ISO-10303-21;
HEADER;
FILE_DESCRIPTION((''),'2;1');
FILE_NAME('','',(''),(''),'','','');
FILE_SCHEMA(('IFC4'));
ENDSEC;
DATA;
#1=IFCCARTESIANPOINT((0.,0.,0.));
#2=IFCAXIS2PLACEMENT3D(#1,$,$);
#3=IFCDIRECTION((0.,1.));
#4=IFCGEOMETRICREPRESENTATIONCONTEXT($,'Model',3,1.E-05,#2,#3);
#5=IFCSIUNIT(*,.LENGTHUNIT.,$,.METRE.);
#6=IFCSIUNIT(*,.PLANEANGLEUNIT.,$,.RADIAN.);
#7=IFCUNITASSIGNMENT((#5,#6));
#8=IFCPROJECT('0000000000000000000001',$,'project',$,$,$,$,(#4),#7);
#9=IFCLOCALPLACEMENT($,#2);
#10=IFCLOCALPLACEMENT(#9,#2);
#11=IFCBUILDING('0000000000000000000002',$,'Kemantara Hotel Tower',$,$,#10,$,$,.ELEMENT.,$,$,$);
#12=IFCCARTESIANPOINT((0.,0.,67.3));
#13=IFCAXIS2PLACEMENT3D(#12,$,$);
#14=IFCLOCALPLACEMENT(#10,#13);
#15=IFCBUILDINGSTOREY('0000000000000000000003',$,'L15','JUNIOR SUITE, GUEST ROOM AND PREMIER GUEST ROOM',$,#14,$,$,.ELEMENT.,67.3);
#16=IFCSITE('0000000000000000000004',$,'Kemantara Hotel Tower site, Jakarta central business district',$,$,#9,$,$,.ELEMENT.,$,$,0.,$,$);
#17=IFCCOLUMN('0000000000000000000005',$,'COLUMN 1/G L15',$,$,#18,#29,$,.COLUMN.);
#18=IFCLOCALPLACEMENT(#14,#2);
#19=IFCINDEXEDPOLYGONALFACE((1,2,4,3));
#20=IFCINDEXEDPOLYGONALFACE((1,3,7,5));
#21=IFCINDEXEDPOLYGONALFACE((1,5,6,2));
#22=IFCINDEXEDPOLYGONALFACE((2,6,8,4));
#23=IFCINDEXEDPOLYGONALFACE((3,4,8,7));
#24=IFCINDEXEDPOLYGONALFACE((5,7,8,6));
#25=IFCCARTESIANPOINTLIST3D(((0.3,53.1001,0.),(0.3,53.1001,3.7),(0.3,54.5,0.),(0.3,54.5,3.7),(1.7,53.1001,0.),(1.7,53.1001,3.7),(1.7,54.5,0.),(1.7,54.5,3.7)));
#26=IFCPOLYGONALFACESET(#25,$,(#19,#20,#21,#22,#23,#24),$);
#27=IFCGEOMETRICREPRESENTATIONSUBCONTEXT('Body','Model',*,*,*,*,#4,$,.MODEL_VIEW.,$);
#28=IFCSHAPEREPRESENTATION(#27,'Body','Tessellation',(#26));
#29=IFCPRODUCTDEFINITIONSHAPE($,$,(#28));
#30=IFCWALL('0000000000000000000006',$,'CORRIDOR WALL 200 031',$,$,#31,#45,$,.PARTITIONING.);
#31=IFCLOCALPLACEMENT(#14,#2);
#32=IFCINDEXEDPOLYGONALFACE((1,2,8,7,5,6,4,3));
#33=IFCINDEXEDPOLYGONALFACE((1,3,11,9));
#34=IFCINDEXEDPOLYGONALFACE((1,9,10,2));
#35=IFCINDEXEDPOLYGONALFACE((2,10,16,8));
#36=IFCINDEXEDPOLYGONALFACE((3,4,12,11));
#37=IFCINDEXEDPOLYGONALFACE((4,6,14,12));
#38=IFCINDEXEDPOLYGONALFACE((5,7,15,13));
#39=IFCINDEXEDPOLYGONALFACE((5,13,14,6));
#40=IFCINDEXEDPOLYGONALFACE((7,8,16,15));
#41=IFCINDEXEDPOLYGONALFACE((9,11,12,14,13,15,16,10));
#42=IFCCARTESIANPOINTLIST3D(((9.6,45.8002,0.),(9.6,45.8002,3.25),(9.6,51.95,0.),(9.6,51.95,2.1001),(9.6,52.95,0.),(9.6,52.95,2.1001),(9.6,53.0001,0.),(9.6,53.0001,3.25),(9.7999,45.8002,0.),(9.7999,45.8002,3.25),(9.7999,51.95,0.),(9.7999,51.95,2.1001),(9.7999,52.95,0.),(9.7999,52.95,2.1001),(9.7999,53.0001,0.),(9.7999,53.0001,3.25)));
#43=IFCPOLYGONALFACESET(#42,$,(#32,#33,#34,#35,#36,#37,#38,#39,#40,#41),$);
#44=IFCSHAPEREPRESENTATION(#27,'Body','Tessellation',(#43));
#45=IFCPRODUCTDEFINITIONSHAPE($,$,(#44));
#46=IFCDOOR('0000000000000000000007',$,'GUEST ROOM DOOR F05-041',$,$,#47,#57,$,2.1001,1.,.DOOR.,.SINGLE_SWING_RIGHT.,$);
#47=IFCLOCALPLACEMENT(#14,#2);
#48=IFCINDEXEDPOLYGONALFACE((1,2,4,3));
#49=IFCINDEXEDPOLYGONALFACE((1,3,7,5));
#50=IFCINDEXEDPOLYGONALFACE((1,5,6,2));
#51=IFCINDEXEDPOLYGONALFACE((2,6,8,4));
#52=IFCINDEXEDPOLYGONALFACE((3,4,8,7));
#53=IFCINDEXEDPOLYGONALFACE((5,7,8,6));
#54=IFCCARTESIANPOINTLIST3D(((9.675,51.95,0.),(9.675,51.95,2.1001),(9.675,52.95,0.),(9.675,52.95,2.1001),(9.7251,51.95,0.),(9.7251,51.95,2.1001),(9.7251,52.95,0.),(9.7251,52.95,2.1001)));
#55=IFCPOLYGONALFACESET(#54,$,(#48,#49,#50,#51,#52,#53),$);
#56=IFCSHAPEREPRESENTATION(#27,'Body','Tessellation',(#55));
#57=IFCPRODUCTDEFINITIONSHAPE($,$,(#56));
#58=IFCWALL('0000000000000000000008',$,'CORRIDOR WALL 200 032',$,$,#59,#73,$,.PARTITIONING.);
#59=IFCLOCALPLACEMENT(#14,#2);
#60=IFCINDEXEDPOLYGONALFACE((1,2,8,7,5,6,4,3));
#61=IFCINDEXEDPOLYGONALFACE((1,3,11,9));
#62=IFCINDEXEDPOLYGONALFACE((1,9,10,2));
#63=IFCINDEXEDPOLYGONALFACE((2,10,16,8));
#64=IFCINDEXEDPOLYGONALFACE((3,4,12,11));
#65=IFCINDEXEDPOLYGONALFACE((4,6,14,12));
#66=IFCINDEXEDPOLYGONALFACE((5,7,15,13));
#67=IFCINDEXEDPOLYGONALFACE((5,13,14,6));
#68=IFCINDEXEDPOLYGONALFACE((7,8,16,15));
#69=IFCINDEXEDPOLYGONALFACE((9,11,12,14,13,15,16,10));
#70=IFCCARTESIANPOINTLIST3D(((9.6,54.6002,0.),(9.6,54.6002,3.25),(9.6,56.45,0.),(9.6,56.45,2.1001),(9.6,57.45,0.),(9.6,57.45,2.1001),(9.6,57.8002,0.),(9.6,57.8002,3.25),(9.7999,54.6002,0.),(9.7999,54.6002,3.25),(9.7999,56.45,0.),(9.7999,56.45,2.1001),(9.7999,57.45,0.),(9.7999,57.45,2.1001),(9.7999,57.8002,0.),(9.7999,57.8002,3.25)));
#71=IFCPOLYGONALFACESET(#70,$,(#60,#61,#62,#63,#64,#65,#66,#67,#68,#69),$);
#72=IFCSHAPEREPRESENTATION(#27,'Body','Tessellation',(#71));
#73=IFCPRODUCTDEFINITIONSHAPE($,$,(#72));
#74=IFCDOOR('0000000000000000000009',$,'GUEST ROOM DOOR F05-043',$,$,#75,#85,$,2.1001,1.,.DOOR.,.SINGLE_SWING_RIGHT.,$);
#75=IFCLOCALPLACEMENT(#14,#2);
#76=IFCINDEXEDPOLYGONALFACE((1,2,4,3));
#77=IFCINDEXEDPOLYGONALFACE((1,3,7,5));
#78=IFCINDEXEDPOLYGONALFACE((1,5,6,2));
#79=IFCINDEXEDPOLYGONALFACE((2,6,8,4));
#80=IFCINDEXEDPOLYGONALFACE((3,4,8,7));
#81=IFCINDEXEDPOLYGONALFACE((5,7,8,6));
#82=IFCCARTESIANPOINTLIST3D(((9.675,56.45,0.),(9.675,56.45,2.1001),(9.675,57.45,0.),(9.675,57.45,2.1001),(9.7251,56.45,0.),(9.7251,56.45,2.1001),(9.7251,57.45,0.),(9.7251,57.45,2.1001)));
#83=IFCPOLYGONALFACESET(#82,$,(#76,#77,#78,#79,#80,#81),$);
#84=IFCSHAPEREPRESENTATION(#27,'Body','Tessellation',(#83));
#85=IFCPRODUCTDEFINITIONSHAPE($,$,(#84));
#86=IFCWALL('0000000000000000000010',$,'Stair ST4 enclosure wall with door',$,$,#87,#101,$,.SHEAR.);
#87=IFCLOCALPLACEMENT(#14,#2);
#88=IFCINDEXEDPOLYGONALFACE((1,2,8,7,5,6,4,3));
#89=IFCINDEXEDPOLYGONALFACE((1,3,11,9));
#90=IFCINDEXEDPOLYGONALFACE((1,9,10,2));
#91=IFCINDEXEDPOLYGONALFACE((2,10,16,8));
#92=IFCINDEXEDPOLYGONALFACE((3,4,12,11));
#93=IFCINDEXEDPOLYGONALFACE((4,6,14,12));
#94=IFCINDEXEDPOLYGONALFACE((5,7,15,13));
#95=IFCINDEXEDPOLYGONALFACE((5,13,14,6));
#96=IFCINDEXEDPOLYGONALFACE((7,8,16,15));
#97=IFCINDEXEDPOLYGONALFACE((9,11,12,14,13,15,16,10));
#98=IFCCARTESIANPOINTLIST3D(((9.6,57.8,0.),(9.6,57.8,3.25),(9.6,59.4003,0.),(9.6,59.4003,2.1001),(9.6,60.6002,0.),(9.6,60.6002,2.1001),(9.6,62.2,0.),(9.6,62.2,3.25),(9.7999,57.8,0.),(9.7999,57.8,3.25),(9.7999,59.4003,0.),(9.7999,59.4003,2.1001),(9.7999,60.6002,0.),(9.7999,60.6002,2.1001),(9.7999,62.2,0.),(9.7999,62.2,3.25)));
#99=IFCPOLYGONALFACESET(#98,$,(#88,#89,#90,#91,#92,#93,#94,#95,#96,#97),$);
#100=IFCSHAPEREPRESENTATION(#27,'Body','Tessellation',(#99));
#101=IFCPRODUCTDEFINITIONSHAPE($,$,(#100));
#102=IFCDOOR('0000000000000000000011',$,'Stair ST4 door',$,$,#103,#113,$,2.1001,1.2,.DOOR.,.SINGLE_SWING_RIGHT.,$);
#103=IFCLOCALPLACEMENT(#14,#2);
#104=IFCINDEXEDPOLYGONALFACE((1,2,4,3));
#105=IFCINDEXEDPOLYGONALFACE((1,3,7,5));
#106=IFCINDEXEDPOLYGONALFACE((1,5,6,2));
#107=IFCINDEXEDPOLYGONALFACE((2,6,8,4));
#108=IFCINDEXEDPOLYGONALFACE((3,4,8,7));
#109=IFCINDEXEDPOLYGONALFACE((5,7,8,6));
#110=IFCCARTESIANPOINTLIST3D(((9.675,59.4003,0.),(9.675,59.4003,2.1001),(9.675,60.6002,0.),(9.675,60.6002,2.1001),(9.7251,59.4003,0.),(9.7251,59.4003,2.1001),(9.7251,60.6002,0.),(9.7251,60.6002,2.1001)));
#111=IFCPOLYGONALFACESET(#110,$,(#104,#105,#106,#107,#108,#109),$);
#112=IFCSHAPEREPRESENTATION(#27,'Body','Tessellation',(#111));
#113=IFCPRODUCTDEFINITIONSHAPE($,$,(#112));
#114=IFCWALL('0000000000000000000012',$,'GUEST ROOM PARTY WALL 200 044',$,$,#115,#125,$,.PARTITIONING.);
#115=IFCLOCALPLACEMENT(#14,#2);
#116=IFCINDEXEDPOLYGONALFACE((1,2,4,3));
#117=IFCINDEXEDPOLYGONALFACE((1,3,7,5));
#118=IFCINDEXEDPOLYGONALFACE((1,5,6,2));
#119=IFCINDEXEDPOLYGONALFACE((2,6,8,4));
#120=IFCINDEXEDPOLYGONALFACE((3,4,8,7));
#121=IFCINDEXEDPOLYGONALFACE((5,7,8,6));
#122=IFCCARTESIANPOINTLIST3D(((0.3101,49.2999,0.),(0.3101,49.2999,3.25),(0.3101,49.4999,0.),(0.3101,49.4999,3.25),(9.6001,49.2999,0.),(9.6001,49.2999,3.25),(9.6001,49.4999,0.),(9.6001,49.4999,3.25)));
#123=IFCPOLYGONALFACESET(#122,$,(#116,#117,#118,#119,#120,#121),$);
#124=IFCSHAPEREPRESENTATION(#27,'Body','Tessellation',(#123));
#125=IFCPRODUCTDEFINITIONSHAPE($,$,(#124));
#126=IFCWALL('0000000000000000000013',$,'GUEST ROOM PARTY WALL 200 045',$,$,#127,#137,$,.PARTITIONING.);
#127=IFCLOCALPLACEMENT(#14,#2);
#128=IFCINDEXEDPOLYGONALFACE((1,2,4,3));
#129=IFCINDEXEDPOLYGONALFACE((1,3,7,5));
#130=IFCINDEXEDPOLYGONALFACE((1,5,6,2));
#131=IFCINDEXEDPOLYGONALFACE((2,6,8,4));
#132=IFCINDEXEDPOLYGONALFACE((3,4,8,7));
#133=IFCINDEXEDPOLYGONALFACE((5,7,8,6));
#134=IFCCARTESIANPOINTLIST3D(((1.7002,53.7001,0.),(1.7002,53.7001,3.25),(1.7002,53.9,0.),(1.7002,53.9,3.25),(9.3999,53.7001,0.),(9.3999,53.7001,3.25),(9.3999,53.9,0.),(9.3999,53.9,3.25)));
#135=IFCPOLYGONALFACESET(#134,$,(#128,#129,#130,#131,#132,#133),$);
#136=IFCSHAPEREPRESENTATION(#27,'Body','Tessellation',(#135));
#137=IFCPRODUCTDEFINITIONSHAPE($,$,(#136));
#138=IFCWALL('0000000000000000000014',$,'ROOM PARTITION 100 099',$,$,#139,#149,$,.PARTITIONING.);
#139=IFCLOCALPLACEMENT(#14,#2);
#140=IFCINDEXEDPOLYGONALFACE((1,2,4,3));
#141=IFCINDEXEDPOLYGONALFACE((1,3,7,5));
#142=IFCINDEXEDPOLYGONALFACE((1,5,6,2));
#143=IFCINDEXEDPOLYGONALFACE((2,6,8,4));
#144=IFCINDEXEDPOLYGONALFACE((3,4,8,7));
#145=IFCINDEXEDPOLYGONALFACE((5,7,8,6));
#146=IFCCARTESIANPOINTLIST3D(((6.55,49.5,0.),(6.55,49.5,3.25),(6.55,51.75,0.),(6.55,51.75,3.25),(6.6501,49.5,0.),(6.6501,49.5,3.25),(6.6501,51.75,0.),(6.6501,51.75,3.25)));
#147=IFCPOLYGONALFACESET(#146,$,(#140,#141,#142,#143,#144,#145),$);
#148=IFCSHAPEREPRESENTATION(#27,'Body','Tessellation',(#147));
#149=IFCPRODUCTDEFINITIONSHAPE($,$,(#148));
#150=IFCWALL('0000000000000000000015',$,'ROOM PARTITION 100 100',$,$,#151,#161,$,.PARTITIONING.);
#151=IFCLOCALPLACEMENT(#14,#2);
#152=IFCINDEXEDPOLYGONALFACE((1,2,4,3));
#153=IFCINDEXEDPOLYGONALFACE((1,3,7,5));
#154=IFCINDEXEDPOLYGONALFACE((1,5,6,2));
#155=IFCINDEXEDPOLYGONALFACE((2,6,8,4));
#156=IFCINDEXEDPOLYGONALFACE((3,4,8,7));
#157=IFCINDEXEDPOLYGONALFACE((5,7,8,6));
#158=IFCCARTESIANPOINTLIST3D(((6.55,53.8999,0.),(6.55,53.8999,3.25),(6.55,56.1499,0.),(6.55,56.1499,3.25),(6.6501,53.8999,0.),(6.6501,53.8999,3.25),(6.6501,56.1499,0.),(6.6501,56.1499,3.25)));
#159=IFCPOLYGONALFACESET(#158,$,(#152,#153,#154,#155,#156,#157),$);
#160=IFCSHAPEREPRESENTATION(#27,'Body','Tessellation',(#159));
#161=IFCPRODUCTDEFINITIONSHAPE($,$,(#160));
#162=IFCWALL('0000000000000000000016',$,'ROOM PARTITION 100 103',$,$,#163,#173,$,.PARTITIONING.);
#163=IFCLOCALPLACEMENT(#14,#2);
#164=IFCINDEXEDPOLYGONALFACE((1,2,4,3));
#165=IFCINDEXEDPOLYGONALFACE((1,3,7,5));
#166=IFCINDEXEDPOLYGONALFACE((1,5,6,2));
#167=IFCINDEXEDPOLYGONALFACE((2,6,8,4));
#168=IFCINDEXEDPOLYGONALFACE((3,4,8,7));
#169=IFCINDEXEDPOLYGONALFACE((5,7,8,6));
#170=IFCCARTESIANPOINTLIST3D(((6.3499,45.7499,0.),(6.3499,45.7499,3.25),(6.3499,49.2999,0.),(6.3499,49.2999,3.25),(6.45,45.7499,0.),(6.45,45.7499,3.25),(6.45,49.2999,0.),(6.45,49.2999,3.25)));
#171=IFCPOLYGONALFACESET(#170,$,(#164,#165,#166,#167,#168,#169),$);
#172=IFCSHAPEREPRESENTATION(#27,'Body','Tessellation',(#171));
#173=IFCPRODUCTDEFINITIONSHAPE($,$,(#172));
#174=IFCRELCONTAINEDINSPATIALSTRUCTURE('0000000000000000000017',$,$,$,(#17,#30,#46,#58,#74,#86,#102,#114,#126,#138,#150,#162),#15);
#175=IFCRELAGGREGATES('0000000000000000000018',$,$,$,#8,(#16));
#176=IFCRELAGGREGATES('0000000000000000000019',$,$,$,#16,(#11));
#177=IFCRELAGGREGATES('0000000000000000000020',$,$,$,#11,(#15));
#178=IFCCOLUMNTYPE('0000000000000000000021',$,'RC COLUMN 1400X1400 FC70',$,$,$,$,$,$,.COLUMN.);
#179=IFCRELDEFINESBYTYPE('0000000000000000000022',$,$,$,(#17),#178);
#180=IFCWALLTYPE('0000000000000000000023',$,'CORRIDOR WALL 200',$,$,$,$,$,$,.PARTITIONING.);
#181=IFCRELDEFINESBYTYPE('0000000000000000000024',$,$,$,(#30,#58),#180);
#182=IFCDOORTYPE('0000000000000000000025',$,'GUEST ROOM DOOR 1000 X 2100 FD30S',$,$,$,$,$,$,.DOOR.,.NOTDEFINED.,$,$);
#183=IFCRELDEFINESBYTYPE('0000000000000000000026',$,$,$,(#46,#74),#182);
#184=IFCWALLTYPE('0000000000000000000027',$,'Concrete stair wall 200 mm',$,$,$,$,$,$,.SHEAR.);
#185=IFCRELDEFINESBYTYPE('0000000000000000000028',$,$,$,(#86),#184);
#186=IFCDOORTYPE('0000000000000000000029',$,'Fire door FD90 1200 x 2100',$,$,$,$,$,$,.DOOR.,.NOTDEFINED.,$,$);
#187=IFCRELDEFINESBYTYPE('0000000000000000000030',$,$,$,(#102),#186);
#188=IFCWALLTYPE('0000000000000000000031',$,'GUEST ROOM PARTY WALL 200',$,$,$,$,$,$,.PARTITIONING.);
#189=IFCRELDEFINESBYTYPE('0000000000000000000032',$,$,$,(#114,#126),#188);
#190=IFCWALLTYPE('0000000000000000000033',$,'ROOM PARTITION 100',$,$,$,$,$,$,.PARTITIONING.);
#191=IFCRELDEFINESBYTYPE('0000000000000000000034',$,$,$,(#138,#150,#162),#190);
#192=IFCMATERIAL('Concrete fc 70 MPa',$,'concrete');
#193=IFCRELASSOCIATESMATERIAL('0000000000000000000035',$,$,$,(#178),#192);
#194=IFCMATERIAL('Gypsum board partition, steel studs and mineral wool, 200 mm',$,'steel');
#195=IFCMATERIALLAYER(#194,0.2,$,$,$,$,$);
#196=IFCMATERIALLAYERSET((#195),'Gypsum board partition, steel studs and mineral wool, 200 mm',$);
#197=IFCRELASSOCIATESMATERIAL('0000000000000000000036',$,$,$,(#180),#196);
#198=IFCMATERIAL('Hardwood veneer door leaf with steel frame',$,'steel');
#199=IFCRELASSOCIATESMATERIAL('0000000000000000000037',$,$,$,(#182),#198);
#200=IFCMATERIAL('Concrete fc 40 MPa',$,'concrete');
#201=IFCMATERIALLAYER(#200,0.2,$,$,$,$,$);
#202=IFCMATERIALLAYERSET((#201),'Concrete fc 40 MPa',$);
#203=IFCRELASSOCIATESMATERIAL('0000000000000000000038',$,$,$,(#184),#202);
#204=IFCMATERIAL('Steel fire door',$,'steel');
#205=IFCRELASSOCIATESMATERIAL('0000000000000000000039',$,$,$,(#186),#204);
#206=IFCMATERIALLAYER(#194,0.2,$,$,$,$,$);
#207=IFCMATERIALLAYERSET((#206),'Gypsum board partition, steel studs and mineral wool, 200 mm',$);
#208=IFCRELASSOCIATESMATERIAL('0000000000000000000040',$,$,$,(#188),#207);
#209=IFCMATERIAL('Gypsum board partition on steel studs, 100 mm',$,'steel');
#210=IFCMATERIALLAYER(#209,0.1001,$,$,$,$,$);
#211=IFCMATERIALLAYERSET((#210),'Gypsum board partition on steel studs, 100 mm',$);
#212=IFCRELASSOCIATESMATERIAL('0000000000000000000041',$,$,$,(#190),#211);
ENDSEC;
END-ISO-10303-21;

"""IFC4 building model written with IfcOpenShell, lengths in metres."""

from ifc_helpers import new_model, si_unit, direction, frame, frame_2d, origin, origin_2d, place, context, subcontext, project, spatial, rectangle, extrude, material, layer, layer_set, material_profile, profile_set, type_object, element, fill, save


model = new_model("IFC4")

# Units and contexts
model_context = context("Model", 3, precision=1e-05, world=origin(), true_north=direction((0.0, 1.0)))
body_context = subcontext(model_context, "Body", "Model", "MODEL_VIEW")
ifc_project = project(units=[si_unit("LENGTHUNIT", "METRE"), si_unit("PLANEANGLEUNIT", "RADIAN")], contexts=[model_context])

# Site, building, storey
site_placement = place(None, origin())
site = spatial("IfcSite", under=ifc_project, at=site_placement, Name="Kemantara Hotel Tower site, Jakarta central business district", CompositionType="ELEMENT", RefElevation=0.0)
building_placement = place(site_placement, origin())
building = spatial("IfcBuilding", under=site, at=building_placement, Name="Kemantara Hotel Tower", CompositionType="ELEMENT")
storey_placement = place(building_placement, frame((0.0, 0.0, 67.3)))
storey = spatial("IfcBuildingStorey", under=building, at=storey_placement, Name="L15", Description="JUNIOR SUITE, GUEST ROOM AND PREMIER GUEST ROOM", CompositionType="ELEMENT", Elevation=67.3)

# Column
ifc_material_1 = material(Name="Concrete fc 70 MPa", Category="concrete")
ifc_material_profile = material_profile(ifc_material_1, rectangle(XDim=1.3999, YDim=1.3999, at=origin_2d()), Name="RC 1400X1400")
ifc_profile_set = profile_set([ifc_material_profile], Name="Concrete fc 70 MPa")
column_type = type_object("IfcColumnType", Name="RC COLUMN 1400X1400 FC70", PredefinedType="COLUMN", material=ifc_profile_set)
column_placement = place(storey_placement, frame((1.0, 53.8, 0.0), z_axis=(0.0, 0.0, 1.0), x_axis=(1.0, 0.0, 0.0)))
element("IfcColumn", 1, at=column_placement, inside=storey, type_object=column_type, Name="COLUMN 1/G L15", PredefinedType="COLUMN", context=body_context, shape_type="SweptSolid", body=[
    extrude(rectangle(XDim=1.3999, YDim=1.3999, at=origin_2d()), origin(), (0.0, 0.0, 1.0), 3.7),
])

# Walls, openings, doors
ifc_material_2 = material(Name="Gypsum board partition, steel studs and mineral wool, 200 mm", Category="steel")
ifc_layer_1 = layer(ifc_material_2, 0.2)
ifc_layer_set_1 = layer_set([ifc_layer_1], Name="Gypsum board partition, steel studs and mineral wool, 200 mm")
wall_type_1 = type_object("IfcWallType", Name="CORRIDOR WALL 200", PredefinedType="PARTITIONING", material=ifc_layer_set_1)
wall_1_placement = place(storey_placement, frame((9.7, 45.8, 0.0), z_axis=(0.0, 0.0, 1.0), x_axis=(0.0, 1.0, 0.0)))
wall_1 = element("IfcWall", 2, at=wall_1_placement, inside=storey, type_object=wall_type_1, Name="CORRIDOR WALL 200 031", PredefinedType="PARTITIONING", context=body_context, shape_type="SweptSolid", body=[
    extrude(rectangle(XDim=7.2, YDim=0.2, at=frame_2d((3.6001, 0.0))), origin(), (0.0, 0.0, 1.0), 3.25),
])
opening_1_placement = place(wall_1_placement, frame((6.1499, 0.0, 0.0)))
opening_1 = element("IfcOpeningElement", 3, at=opening_1_placement, cuts=wall_1, PredefinedType="OPENING", context=body_context, shape_type="SweptSolid", body=[
    extrude(rectangle(XDim=1.0, YDim=2.1001, at=frame_2d((0.5, 1.05))), frame((0.0, 0.1099, 0.0), z_axis=(0.0, -1.0, 0.0), x_axis=(1.0, 0.0, 0.0)), (0.0, 0.0, 1.0), 0.22),
])
ifc_material_3 = material(Name="Hardwood veneer door leaf with steel frame", Category="steel")
door_type_1 = type_object("IfcDoorType", Name="GUEST ROOM DOOR 1000 X 2100 FD30S", OperationType="NOTDEFINED", PredefinedType="DOOR", material=ifc_material_3)
door_1_placement = place(opening_1_placement, origin())
door_1 = element("IfcDoor", 4, at=door_1_placement, inside=storey, type_object=door_type_1, Name="GUEST ROOM DOOR F05-041", OperationType="SINGLE_SWING_RIGHT", OverallHeight=2.1001, OverallWidth=1.0, PredefinedType="DOOR", context=body_context, shape_type="SweptSolid", body=[
    extrude(rectangle(XDim=1.0, YDim=2.1001, at=frame_2d((0.5, 1.05))), frame((0.0, 0.0249, 0.0), z_axis=(0.0, -1.0, 0.0), x_axis=(1.0, 0.0, 0.0)), (0.0, 0.0, 1.0), 0.05),
])
fill(opening_1, door_1)
wall_2_placement = place(storey_placement, frame((9.7, 54.6001, 0.0), z_axis=(0.0, 0.0, 1.0), x_axis=(0.0, 1.0, 0.0)))
wall_2 = element("IfcWall", 5, at=wall_2_placement, inside=storey, type_object=wall_type_1, Name="CORRIDOR WALL 200 032", PredefinedType="PARTITIONING", context=body_context, shape_type="SweptSolid", body=[
    extrude(rectangle(XDim=3.2, YDim=0.2, at=frame_2d((1.6001, 0.0))), origin(), (0.0, 0.0, 1.0), 3.25),
])
opening_2_placement = place(wall_2_placement, frame((1.8499, 0.0, 0.0)))
opening_2 = element("IfcOpeningElement", 6, at=opening_2_placement, cuts=wall_2, PredefinedType="OPENING", context=body_context, shape_type="SweptSolid", body=[
    extrude(rectangle(XDim=1.0, YDim=2.1001, at=frame_2d((0.5, 1.05))), frame((0.0, 0.1099, 0.0), z_axis=(0.0, -1.0, 0.0), x_axis=(1.0, 0.0, 0.0)), (0.0, 0.0, 1.0), 0.22),
])
door_2_placement = place(opening_2_placement, origin())
door_2 = element("IfcDoor", 7, at=door_2_placement, inside=storey, type_object=door_type_1, Name="GUEST ROOM DOOR F05-043", OperationType="SINGLE_SWING_RIGHT", OverallHeight=2.1001, OverallWidth=1.0, PredefinedType="DOOR", context=body_context, shape_type="SweptSolid", body=[
    extrude(rectangle(XDim=1.0, YDim=2.1001, at=frame_2d((0.5, 1.05))), frame((0.0, 0.0249, 0.0), z_axis=(0.0, -1.0, 0.0), x_axis=(1.0, 0.0, 0.0)), (0.0, 0.0, 1.0), 0.05),
])
fill(opening_2, door_2)
ifc_material_4 = material(Name="Concrete fc 40 MPa", Category="concrete")
ifc_layer_2 = layer(ifc_material_4, 0.2)
ifc_layer_set_2 = layer_set([ifc_layer_2], Name="Concrete fc 40 MPa")
wall_type_2 = type_object("IfcWallType", Name="Concrete stair wall 200 mm", PredefinedType="SHEAR", material=ifc_layer_set_2)
wall_3_placement = place(storey_placement, frame((9.7, 57.8, 0.0), z_axis=(0.0, 0.0, 1.0), x_axis=(0.0, 1.0, 0.0)))
wall_3 = element("IfcWall", 8, at=wall_3_placement, inside=storey, type_object=wall_type_2, Name="Stair ST4 enclosure wall with door", PredefinedType="SHEAR", context=body_context, shape_type="SweptSolid", body=[
    extrude(rectangle(XDim=4.3999, YDim=0.2, at=frame_2d((2.2, 0.0))), origin(), (0.0, 0.0, 1.0), 3.25),
])
opening_3_placement = place(wall_3_placement, frame((1.6001, 0.0, 0.0)))
opening_3 = element("IfcOpeningElement", 9, at=opening_3_placement, cuts=wall_3, PredefinedType="OPENING", context=body_context, shape_type="SweptSolid", body=[
    extrude(rectangle(XDim=1.2, YDim=2.1001, at=frame_2d((0.6001, 1.05))), frame((0.0, 0.1099, 0.0), z_axis=(0.0, -1.0, 0.0), x_axis=(1.0, 0.0, 0.0)), (0.0, 0.0, 1.0), 0.22),
])
ifc_material_5 = material(Name="Steel fire door", Category="steel")
door_type_2 = type_object("IfcDoorType", Name="Fire door FD90 1200 x 2100", OperationType="NOTDEFINED", PredefinedType="DOOR", material=ifc_material_5)
door_3_placement = place(opening_3_placement, origin())
door_3 = element("IfcDoor", 10, at=door_3_placement, inside=storey, type_object=door_type_2, Name="Stair ST4 door", OperationType="SINGLE_SWING_RIGHT", OverallHeight=2.1001, OverallWidth=1.2, PredefinedType="DOOR", context=body_context, shape_type="SweptSolid", body=[
    extrude(rectangle(XDim=1.2, YDim=2.1001, at=frame_2d((0.6001, 1.05))), frame((0.0, 0.0249, 0.0), z_axis=(0.0, -1.0, 0.0), x_axis=(1.0, 0.0, 0.0)), (0.0, 0.0, 1.0), 0.05),
])
fill(opening_3, door_3)

# Walls
ifc_layer_3 = layer(ifc_material_2, 0.2)
ifc_layer_set_3 = layer_set([ifc_layer_3], Name="Gypsum board partition, steel studs and mineral wool, 200 mm")
wall_type_3 = type_object("IfcWallType", Name="GUEST ROOM PARTY WALL 200", PredefinedType="PARTITIONING", material=ifc_layer_set_3)
wall_4_placement = place(storey_placement, frame((0.3101, 49.3999, 0.0), z_axis=(0.0, 0.0, 1.0), x_axis=(1.0, 0.0, 0.0)))
element("IfcWall", 11, at=wall_4_placement, inside=storey, type_object=wall_type_3, Name="GUEST ROOM PARTY WALL 200 044", PredefinedType="PARTITIONING", context=body_context, shape_type="SweptSolid", body=[
    extrude(rectangle(XDim=9.29, YDim=0.2, at=frame_2d((4.645, 0.0))), origin(), (0.0, 0.0, 1.0), 3.25),
])
wall_5_placement = place(storey_placement, frame((1.7002, 53.8, 0.0), z_axis=(0.0, 0.0, 1.0), x_axis=(1.0, 0.0, 0.0)))
element("IfcWall", 12, at=wall_5_placement, inside=storey, type_object=wall_type_3, Name="GUEST ROOM PARTY WALL 200 045", PredefinedType="PARTITIONING", context=body_context, shape_type="SweptSolid", body=[
    extrude(rectangle(XDim=7.6997, YDim=0.2, at=frame_2d((3.8499, 0.0))), origin(), (0.0, 0.0, 1.0), 3.25),
])
ifc_material_6 = material(Name="Gypsum board partition on steel studs, 100 mm", Category="steel")
ifc_layer_4 = layer(ifc_material_6, 0.1001)
ifc_layer_set_4 = layer_set([ifc_layer_4], Name="Gypsum board partition on steel studs, 100 mm")
wall_type_4 = type_object("IfcWallType", Name="ROOM PARTITION 100", PredefinedType="PARTITIONING", material=ifc_layer_set_4)
for number, where, z_axis, x_axis, name in (
    (13, (6.6001, 49.5, 0.0), (0.0, 0.0, 1.0), (0.0, 1.0, 0.0), "ROOM PARTITION 100 099"),
    (14, (6.6001, 53.8999, 0.0), (0.0, 0.0, 1.0), (0.0, 1.0, 0.0), "ROOM PARTITION 100 100"),
):
    element("IfcWall", number, at=place(storey_placement, frame(where, z_axis=z_axis, x_axis=x_axis)), inside=storey, type_object=wall_type_4, Name=name, PredefinedType="PARTITIONING", context=body_context, shape_type="SweptSolid", body=[
        extrude(rectangle(XDim=2.25, YDim=0.1001, at=frame_2d((1.125, 0.0))), origin(), (0.0, 0.0, 1.0), 3.25),
    ])
wall_6_placement = place(storey_placement, frame((6.3999, 45.75, 0.0), z_axis=(0.0, 0.0, 1.0), x_axis=(0.0, 1.0, 0.0)))
element("IfcWall", 15, at=wall_6_placement, inside=storey, type_object=wall_type_4, Name="ROOM PARTITION 100 103", PredefinedType="PARTITIONING", context=body_context, shape_type="SweptSolid", body=[
    extrude(rectangle(XDim=3.55, YDim=0.1001, at=frame_2d((1.7749, 0.0))), origin(), (0.0, 0.0, 1.0), 3.25),
])

save(model, "model.ifc")
